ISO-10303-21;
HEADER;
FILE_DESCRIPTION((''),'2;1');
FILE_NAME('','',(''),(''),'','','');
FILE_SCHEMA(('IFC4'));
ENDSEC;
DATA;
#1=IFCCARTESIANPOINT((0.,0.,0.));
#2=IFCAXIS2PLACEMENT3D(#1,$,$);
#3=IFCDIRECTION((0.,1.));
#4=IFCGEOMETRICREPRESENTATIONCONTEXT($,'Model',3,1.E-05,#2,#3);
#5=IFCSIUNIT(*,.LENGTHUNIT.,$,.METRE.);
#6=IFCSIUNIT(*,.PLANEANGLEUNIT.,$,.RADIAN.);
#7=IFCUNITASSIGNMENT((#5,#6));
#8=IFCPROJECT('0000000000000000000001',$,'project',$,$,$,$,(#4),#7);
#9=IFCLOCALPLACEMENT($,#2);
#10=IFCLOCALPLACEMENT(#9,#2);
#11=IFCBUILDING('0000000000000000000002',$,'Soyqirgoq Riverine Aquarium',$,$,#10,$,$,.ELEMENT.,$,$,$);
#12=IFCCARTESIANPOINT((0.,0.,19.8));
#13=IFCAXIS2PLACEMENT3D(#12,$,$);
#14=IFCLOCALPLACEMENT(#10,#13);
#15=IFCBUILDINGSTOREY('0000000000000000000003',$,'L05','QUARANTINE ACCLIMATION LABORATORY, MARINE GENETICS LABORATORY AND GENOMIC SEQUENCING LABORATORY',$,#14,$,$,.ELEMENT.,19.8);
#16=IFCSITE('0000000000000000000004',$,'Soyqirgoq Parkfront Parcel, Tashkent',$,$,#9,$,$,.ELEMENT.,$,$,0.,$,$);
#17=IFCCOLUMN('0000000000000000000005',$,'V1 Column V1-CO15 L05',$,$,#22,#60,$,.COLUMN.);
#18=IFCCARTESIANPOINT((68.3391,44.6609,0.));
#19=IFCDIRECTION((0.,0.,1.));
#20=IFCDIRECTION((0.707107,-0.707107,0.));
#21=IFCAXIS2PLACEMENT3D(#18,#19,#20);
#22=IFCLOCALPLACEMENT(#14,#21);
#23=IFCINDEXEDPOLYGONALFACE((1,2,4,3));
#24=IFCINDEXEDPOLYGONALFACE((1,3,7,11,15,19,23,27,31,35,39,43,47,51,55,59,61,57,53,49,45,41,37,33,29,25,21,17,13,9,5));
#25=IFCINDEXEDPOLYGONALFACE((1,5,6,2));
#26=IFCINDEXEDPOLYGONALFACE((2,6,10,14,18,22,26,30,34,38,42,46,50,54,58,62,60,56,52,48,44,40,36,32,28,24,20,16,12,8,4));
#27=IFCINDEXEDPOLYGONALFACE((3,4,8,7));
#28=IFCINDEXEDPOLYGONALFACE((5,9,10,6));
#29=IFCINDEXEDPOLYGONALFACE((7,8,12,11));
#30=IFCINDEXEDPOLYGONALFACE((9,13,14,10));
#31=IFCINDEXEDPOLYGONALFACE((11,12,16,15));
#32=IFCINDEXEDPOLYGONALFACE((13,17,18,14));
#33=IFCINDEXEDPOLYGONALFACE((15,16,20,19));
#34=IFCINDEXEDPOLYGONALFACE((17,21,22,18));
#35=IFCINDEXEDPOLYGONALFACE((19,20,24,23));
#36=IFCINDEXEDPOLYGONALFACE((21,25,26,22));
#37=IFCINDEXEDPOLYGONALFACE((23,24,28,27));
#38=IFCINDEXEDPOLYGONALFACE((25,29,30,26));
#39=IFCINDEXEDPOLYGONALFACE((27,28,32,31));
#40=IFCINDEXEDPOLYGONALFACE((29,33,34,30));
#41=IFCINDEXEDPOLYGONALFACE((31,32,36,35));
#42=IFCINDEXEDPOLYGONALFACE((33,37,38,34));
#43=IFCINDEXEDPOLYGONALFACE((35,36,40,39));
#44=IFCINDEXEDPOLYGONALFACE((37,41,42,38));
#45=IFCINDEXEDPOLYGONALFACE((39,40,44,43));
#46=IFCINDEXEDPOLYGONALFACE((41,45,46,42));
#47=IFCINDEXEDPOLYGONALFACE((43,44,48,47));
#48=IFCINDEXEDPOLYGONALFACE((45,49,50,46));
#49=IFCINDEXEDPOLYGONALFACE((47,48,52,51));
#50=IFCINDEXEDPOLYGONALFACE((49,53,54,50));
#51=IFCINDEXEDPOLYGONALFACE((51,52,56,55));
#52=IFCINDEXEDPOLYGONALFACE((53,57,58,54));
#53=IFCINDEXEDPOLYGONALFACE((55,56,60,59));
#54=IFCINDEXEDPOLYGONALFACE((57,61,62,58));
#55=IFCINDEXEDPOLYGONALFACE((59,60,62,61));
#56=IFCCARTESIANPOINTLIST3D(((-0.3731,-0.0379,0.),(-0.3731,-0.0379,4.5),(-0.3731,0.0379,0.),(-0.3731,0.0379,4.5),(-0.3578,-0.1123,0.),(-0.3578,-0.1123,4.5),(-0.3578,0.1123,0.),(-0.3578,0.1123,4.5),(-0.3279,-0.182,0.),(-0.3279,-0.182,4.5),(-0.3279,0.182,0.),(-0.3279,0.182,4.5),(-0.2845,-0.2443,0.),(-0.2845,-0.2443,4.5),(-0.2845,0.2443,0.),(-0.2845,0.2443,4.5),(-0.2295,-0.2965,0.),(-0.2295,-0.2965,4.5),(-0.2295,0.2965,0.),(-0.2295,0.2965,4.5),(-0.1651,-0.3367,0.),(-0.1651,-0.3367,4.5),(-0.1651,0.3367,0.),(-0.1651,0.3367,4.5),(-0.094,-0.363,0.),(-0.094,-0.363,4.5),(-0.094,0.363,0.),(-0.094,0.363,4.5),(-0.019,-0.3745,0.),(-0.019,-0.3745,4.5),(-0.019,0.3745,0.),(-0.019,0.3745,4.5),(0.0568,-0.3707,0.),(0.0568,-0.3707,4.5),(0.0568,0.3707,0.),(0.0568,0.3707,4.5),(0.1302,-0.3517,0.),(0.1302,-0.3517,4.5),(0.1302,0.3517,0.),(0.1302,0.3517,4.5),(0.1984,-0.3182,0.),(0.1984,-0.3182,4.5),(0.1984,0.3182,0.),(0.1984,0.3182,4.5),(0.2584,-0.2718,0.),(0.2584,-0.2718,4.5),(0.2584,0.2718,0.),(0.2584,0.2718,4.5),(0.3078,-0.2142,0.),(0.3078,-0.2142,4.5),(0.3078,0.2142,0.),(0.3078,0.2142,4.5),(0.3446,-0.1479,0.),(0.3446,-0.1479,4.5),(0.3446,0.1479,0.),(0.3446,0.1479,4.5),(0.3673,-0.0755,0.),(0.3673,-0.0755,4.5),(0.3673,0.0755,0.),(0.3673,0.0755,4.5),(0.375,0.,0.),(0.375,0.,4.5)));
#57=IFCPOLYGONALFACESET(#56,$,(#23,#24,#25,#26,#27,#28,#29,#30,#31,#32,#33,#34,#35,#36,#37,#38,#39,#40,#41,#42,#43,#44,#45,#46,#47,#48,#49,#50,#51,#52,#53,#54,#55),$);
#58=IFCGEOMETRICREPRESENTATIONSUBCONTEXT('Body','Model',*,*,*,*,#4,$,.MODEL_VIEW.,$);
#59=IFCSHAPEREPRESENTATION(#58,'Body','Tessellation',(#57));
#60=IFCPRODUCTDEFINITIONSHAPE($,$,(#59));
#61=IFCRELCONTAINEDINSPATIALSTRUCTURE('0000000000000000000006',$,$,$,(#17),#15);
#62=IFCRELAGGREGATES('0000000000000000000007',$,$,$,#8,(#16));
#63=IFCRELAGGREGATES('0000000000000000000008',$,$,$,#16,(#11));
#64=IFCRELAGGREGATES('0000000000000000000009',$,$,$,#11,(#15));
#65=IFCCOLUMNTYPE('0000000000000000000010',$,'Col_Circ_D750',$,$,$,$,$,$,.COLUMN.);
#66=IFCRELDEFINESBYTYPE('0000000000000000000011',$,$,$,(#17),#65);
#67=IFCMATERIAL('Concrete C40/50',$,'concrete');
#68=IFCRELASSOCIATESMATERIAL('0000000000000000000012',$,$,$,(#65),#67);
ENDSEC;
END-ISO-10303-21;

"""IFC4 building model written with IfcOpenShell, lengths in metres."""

from ifc_helpers import new_model, si_unit, direction, frame, origin, origin_2d, place, context, subcontext, project, spatial, circle, extrude, material, material_profile, profile_set, type_object, element, save


model = new_model("IFC4")

# Units and contexts
model_context = context("Model", 3, precision=1e-05, world=origin(), true_north=direction((0.0, 1.0)))
body_context = subcontext(model_context, "Body", "Model", "MODEL_VIEW")
ifc_project = project(units=[si_unit("LENGTHUNIT", "METRE"), si_unit("PLANEANGLEUNIT", "RADIAN")], contexts=[model_context])

# Site, building, storey
site_placement = place(None, origin())
site = spatial("IfcSite", under=ifc_project, at=site_placement, Name="Soyqirgoq Parkfront Parcel, Tashkent", CompositionType="ELEMENT", RefElevation=0.0)
building_placement = place(site_placement, origin())
building = spatial("IfcBuilding", under=site, at=building_placement, Name="Soyqirgoq Riverine Aquarium", CompositionType="ELEMENT")
storey_placement = place(building_placement, frame((0.0, 0.0, 19.8)))
storey = spatial("IfcBuildingStorey", under=building, at=storey_placement, Name="L05", Description="QUARANTINE ACCLIMATION LABORATORY, MARINE GENETICS LABORATORY AND GENOMIC SEQUENCING LABORATORY", CompositionType="ELEMENT", Elevation=19.8)

# Column
ifc_material_1 = material(Name="Concrete C40/50", Category="concrete")
ifc_material_profile_1 = material_profile(ifc_material_1, circle(Radius=0.375, at=origin_2d()), Name="RC-COL D750")
ifc_profile_set_1 = profile_set([ifc_material_profile_1], Name="Concrete C40/50")
column_type = type_object("IfcColumnType", Name="Col_Circ_D750", PredefinedType="COLUMN", material=ifc_profile_set_1)
column_placement = place(storey_placement, frame((68.3391, 44.6609, 0.0), z_axis=(0.0, 0.0, 1.0), x_axis=(0.707107, -0.707107, 0.0)))
element("IfcColumn", 1, at=column_placement, inside=storey, type_object=column_type, Name="V1 Column V1-CO15 L05", PredefinedType="COLUMN", context=body_context, shape_type="SweptSolid", body=[
    extrude(circle(Radius=0.375, at=origin_2d()), origin(), (0.0, 0.0, 1.0), 4.5),
])

save(model, "model.ifc")
